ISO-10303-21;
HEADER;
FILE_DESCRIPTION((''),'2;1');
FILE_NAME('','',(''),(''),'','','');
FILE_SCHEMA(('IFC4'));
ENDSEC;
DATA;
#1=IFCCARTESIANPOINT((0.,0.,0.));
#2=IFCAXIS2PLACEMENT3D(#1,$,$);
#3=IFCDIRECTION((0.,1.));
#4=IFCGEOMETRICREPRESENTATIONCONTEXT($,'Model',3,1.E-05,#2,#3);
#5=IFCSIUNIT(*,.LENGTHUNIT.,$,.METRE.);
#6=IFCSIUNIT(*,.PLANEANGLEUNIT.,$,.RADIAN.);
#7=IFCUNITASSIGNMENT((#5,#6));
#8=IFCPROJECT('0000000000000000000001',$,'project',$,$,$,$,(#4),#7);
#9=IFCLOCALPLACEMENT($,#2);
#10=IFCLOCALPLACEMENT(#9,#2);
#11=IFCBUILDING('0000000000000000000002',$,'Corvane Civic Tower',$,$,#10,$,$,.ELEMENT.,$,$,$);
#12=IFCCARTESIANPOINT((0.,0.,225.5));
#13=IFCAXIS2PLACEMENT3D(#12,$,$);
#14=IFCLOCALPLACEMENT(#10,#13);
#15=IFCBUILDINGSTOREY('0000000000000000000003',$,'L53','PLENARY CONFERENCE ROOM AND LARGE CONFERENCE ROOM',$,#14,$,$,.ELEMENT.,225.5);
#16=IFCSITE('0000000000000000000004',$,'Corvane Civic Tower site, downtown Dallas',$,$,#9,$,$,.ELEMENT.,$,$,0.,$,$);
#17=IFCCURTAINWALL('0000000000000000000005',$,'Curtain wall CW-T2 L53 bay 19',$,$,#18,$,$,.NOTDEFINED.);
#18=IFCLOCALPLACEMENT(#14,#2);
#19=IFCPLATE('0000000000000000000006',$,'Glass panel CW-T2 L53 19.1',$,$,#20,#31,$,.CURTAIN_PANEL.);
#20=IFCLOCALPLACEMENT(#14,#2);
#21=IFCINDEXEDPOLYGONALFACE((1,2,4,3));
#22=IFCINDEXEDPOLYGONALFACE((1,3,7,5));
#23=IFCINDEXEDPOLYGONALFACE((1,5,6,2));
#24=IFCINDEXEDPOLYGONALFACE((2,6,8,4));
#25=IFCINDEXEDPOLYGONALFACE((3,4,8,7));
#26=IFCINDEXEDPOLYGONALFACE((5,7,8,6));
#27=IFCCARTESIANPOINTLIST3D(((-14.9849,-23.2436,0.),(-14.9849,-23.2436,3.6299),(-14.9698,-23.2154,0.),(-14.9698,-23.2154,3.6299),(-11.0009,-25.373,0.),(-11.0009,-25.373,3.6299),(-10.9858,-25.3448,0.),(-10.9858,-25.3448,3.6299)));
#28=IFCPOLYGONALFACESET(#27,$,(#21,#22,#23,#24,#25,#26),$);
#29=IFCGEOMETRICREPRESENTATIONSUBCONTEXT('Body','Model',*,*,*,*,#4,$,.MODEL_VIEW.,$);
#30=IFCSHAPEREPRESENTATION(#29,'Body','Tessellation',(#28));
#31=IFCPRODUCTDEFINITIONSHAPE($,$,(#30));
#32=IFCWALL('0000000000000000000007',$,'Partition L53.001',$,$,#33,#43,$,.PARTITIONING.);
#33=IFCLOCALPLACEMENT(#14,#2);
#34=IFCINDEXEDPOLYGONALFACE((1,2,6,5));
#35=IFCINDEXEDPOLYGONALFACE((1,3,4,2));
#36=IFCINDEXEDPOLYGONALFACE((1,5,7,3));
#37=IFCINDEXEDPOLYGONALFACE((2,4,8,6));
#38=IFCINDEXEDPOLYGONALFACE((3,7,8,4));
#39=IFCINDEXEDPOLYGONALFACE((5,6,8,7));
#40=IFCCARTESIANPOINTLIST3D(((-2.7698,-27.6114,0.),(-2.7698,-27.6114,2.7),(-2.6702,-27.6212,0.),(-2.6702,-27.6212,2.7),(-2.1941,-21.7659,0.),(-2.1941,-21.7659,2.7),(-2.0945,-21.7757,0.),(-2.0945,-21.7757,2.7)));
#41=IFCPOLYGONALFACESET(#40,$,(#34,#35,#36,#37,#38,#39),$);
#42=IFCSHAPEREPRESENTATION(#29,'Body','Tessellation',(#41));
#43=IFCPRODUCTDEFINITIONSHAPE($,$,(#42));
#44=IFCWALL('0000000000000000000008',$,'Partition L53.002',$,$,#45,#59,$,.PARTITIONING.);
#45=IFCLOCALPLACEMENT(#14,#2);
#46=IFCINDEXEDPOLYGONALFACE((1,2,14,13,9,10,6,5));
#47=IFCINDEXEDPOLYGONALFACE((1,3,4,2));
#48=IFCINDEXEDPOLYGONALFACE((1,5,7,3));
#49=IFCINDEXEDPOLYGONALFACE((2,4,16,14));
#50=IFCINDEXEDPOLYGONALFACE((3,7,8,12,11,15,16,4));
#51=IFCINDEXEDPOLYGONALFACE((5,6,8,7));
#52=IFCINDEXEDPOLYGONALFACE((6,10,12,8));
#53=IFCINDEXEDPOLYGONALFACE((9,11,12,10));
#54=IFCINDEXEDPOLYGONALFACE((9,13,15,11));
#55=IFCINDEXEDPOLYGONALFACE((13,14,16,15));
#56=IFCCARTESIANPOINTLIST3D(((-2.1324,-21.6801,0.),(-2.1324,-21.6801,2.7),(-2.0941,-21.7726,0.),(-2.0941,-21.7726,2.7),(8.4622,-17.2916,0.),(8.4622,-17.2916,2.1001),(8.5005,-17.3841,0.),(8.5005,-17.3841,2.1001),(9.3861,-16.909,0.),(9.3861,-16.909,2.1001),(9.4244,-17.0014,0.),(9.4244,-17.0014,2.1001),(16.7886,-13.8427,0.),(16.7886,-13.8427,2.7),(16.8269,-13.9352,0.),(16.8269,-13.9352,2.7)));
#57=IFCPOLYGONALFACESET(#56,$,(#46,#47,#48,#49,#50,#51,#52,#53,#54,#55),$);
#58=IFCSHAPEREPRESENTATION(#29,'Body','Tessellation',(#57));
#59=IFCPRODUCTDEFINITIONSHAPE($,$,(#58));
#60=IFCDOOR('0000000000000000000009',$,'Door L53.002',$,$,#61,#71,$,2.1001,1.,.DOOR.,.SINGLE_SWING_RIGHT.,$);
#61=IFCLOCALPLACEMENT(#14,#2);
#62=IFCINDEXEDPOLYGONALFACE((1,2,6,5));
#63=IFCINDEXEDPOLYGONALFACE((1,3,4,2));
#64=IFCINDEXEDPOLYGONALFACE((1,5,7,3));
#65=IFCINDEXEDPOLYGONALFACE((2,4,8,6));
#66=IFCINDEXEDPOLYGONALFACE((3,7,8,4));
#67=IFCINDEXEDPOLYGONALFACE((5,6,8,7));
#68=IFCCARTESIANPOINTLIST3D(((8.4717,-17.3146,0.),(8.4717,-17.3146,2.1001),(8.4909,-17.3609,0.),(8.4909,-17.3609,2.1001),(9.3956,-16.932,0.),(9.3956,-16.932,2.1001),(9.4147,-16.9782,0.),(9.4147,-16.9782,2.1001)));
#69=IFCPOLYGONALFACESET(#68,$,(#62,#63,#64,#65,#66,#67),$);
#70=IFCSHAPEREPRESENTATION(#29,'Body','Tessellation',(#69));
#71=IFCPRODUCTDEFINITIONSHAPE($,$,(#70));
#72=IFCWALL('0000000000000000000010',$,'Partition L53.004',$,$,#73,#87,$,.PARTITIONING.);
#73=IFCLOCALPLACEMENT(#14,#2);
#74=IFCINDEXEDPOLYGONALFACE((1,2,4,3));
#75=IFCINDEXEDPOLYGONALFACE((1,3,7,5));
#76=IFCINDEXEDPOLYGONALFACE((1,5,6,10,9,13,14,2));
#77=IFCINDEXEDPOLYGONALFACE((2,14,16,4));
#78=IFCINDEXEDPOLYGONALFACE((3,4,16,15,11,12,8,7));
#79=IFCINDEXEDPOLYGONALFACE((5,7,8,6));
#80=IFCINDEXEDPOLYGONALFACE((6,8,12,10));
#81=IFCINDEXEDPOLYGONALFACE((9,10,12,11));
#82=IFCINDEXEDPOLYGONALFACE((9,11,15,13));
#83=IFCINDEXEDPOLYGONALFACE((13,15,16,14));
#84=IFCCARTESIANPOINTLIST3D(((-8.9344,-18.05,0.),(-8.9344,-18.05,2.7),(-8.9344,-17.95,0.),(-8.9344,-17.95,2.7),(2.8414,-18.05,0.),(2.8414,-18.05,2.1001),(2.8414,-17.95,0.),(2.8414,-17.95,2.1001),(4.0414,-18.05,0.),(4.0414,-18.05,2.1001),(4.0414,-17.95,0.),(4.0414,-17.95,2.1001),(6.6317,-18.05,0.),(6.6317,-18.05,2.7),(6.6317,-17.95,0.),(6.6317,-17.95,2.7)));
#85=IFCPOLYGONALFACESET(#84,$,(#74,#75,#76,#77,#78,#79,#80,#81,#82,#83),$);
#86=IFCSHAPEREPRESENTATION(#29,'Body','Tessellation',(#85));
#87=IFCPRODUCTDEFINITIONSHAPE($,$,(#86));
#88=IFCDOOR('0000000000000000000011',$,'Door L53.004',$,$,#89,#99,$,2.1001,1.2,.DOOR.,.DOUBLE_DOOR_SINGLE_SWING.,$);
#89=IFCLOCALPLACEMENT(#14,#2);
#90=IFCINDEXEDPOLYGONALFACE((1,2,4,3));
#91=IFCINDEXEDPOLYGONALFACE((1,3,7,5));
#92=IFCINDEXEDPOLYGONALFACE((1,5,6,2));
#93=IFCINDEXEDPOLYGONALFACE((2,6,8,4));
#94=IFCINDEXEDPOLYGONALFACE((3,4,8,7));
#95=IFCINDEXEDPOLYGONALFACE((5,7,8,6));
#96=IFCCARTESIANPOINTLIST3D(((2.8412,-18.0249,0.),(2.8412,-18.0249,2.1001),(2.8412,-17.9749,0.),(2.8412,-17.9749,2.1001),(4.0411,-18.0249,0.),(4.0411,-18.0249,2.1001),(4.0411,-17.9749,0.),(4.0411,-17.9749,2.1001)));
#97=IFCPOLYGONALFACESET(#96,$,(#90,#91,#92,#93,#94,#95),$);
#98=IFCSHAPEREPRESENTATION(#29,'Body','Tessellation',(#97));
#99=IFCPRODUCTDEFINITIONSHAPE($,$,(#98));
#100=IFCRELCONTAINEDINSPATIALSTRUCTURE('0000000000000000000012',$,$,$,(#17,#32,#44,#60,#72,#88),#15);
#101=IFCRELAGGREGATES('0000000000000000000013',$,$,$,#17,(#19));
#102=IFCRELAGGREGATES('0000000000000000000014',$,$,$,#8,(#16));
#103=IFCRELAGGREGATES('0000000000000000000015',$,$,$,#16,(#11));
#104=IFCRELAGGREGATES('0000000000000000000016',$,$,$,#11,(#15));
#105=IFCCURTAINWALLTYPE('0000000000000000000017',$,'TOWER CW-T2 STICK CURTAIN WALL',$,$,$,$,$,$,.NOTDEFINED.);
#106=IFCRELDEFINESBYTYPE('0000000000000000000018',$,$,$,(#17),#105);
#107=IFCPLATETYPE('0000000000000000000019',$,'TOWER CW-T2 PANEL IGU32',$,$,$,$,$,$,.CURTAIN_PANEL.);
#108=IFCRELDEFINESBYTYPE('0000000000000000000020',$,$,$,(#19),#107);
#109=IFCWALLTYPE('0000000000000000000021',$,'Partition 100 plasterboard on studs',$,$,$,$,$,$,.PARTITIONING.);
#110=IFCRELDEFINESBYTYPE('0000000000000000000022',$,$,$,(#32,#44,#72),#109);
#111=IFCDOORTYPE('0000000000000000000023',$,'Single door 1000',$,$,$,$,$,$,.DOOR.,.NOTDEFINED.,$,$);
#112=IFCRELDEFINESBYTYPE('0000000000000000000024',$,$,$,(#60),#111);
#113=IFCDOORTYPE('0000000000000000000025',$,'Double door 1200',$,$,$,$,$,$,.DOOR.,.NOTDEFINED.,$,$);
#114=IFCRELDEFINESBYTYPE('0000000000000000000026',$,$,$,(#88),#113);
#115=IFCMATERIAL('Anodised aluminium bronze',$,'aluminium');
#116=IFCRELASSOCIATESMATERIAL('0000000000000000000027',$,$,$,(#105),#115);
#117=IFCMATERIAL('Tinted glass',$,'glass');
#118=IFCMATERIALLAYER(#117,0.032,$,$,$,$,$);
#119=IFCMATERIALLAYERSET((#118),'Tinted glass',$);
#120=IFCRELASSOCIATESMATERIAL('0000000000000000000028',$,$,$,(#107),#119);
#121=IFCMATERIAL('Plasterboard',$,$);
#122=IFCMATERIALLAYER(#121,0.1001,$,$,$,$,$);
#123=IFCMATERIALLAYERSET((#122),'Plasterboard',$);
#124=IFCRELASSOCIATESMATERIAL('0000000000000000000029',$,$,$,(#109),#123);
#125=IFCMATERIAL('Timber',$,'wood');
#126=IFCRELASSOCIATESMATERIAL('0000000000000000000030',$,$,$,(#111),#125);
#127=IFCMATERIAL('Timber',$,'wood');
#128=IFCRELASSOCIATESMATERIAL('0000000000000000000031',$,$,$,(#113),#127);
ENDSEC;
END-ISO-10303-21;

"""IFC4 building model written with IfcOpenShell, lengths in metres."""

from ifc_helpers import new_model, si_unit, direction, frame, frame_2d, origin, origin_2d, place, context, subcontext, project, spatial, rectangle, extrude, material, layer, layer_set, type_object, element, fill, aggregate, save


model = new_model("IFC4")

# Units and contexts
model_context = context("Model", 3, precision=1e-05, world=origin(), true_north=direction((0.0, 1.0)))
body_context = subcontext(model_context, "Body", "Model", "MODEL_VIEW")
ifc_project = project(units=[si_unit("LENGTHUNIT", "METRE"), si_unit("PLANEANGLEUNIT", "RADIAN")], contexts=[model_context])

# Site, building, storey
site_placement = place(None, origin())
site = spatial("IfcSite", under=ifc_project, at=site_placement, Name="Corvane Civic Tower site, downtown Dallas", CompositionType="ELEMENT", RefElevation=0.0)
building_placement = place(site_placement, origin())
building = spatial("IfcBuilding", under=site, at=building_placement, Name="Corvane Civic Tower", CompositionType="ELEMENT")
storey_placement = place(building_placement, frame((0.0, 0.0, 225.5)))
storey = spatial("IfcBuildingStorey", under=building, at=storey_placement, Name="L53", Description="PLENARY CONFERENCE ROOM AND LARGE CONFERENCE ROOM", CompositionType="ELEMENT", Elevation=225.5)

# Curtain wall
ifc_material_1 = material(Name="Anodised aluminium bronze", Category="aluminium")
curtain_wall_type = type_object("IfcCurtainWallType", Name="TOWER CW-T2 STICK CURTAIN WALL", PredefinedType="NOTDEFINED", material=ifc_material_1)
curtain_wall_1_placement = place(storey_placement, origin())
curtain_wall_1 = element("IfcCurtainWall", 1, at=curtain_wall_1_placement, inside=storey, type_object=curtain_wall_type, Name="Curtain wall CW-T2 L53 bay 19", PredefinedType="NOTDEFINED")

# Plate
ifc_material_2 = material(Name="Tinted glass", Category="glass")
ifc_layer_1 = layer(ifc_material_2, 0.032)
ifc_layer_set_1 = layer_set([ifc_layer_1], Name="Tinted glass")
plate_type = type_object("IfcPlateType", Name="TOWER CW-T2 PANEL IGU32", PredefinedType="CURTAIN_PANEL", material=ifc_layer_set_1)
plate_1_placement = place(storey_placement, frame((-12.9854, -24.2942, 0.0), z_axis=(0.0, 0.0, 1.0), x_axis=(-0.88192, 0.471398, 0.0)))
plate_1 = element("IfcPlate", 2, at=plate_1_placement, type_object=plate_type, Name="Glass panel CW-T2 L53 19.1", PredefinedType="CURTAIN_PANEL", context=body_context, shape_type="SweptSolid", body=[
    extrude(rectangle(XDim=4.5173, YDim=0.032, at=origin_2d()), origin(), (0.0, 0.0, 1.0), 3.6299),
])
aggregate(curtain_wall_1, [plate_1])

# Wall
ifc_material_3 = material(Name="Plasterboard")
ifc_layer_2 = layer(ifc_material_3, 0.1001)
ifc_layer_set_2 = layer_set([ifc_layer_2], Name="Plasterboard")
wall_type = type_object("IfcWallType", Name="Partition 100 plasterboard on studs", PredefinedType="PARTITIONING", material=ifc_layer_set_2)
wall_1_placement = place(storey_placement, frame((-2.72, -27.6165, 0.0), z_axis=(0.0, 0.0, 1.0), x_axis=(0.09801, 0.995185, 0.0)))
element("IfcWall", 3, at=wall_1_placement, inside=storey, type_object=wall_type, Name="Partition L53.001", PredefinedType="PARTITIONING", context=body_context, shape_type="SweptSolid", body=[
    extrude(rectangle(XDim=5.8738, YDim=0.1001, at=frame_2d((2.937, 0.0))), origin(), (0.0, 0.0, 1.0), 2.7),
])

# Walls, openings, doors
wall_2_placement = place(storey_placement, frame((-2.1133, -21.7263, 0.0), z_axis=(0.0, 0.0, 1.0), x_axis=(0.923879, 0.382684, 0.0)))
wall_2 = element("IfcWall", 4, at=wall_2_placement, inside=storey, type_object=wall_type, Name="Partition L53.002", PredefinedType="PARTITIONING", context=body_context, shape_type="SweptSolid", body=[
    extrude(rectangle(XDim=20.48, YDim=0.1001, at=frame_2d((10.24, 0.0))), origin(), (0.0, 0.0, 1.0), 2.7),
])
opening_1_placement = place(wall_2_placement, frame((11.4675, 0.0, 0.0)))
opening_1 = element("IfcOpeningElement", 5, at=opening_1_placement, cuts=wall_2, PredefinedType="OPENING", context=body_context, shape_type="SweptSolid", body=[
    extrude(rectangle(XDim=1.0, YDim=2.1001, at=frame_2d((0.5, 1.05))), frame((0.0, 0.0601, 0.0), z_axis=(0.0, -1.0, 0.0), x_axis=(1.0, 0.0, 0.0)), (0.0, 0.0, 1.0), 0.1201),
])
ifc_material_4 = material(Name="Timber", Category="wood")
door_type_1 = type_object("IfcDoorType", Name="Single door 1000", OperationType="NOTDEFINED", PredefinedType="DOOR", material=ifc_material_4)
door_1_placement = place(opening_1_placement, frame((1.0, 0.0, 0.0), z_axis=(0.0, 0.0, 1.0), x_axis=(-1.0, 0.0, 0.0)))
door_1 = element("IfcDoor", 6, at=door_1_placement, inside=storey, type_object=door_type_1, Name="Door L53.002", OperationType="SINGLE_SWING_RIGHT", OverallHeight=2.1001, OverallWidth=1.0, PredefinedType="DOOR", context=body_context, shape_type="SweptSolid", body=[
    extrude(rectangle(XDim=1.0, YDim=2.1001, at=frame_2d((0.5, 1.05))), frame((0.0, 0.0249, 0.0), z_axis=(0.0, -1.0, 0.0), x_axis=(1.0, 0.0, 0.0)), (0.0, 0.0, 1.0), 0.05),
])
fill(opening_1, door_1)
wall_3_placement = place(storey_placement, frame((-8.9346, -18.0, 0.0), z_axis=(0.0, 0.0, 1.0), x_axis=(1.0, 0.0, 0.0)))
wall_3 = element("IfcWall", 7, at=wall_3_placement, inside=storey, type_object=wall_type, Name="Partition L53.004", PredefinedType="PARTITIONING", context=body_context, shape_type="SweptSolid", body=[
    extrude(rectangle(XDim=15.5662, YDim=0.1001, at=frame_2d((7.7832, 0.0))), origin(), (0.0, 0.0, 1.0), 2.7),
])
opening_2_placement = place(wall_3_placement, frame((11.7759, 0.0, 0.0)))
opening_2 = element("IfcOpeningElement", 8, at=opening_2_placement, cuts=wall_3, PredefinedType="OPENING", context=body_context, shape_type="SweptSolid", body=[
    extrude(rectangle(XDim=1.2, YDim=2.1001, at=frame_2d((0.6001, 1.05))), frame((0.0, 0.0601, 0.0), z_axis=(0.0, -1.0, 0.0), x_axis=(1.0, 0.0, 0.0)), (0.0, 0.0, 1.0), 0.1201),
])
ifc_material_5 = material(Name="Timber", Category="wood")
door_type_2 = type_object("IfcDoorType", Name="Double door 1200", OperationType="NOTDEFINED", PredefinedType="DOOR", material=ifc_material_5)
door_2_placement = place(opening_2_placement, frame((1.2, 0.0, 0.0), z_axis=(0.0, 0.0, 1.0), x_axis=(-1.0, 0.0, 0.0)))
door_2 = element("IfcDoor", 9, at=door_2_placement, inside=storey, type_object=door_type_2, Name="Door L53.004", OperationType="DOUBLE_DOOR_SINGLE_SWING", OverallHeight=2.1001, OverallWidth=1.2, PredefinedType="DOOR", context=body_context, shape_type="SweptSolid", body=[
    extrude(rectangle(XDim=1.2, YDim=2.1001, at=frame_2d((0.6001, 1.05))), frame((0.0, 0.0249, 0.0), z_axis=(0.0, -1.0, 0.0), x_axis=(1.0, 0.0, 0.0)), (0.0, 0.0, 1.0), 0.05),
])
fill(opening_2, door_2)

save(model, "model.ifc")
